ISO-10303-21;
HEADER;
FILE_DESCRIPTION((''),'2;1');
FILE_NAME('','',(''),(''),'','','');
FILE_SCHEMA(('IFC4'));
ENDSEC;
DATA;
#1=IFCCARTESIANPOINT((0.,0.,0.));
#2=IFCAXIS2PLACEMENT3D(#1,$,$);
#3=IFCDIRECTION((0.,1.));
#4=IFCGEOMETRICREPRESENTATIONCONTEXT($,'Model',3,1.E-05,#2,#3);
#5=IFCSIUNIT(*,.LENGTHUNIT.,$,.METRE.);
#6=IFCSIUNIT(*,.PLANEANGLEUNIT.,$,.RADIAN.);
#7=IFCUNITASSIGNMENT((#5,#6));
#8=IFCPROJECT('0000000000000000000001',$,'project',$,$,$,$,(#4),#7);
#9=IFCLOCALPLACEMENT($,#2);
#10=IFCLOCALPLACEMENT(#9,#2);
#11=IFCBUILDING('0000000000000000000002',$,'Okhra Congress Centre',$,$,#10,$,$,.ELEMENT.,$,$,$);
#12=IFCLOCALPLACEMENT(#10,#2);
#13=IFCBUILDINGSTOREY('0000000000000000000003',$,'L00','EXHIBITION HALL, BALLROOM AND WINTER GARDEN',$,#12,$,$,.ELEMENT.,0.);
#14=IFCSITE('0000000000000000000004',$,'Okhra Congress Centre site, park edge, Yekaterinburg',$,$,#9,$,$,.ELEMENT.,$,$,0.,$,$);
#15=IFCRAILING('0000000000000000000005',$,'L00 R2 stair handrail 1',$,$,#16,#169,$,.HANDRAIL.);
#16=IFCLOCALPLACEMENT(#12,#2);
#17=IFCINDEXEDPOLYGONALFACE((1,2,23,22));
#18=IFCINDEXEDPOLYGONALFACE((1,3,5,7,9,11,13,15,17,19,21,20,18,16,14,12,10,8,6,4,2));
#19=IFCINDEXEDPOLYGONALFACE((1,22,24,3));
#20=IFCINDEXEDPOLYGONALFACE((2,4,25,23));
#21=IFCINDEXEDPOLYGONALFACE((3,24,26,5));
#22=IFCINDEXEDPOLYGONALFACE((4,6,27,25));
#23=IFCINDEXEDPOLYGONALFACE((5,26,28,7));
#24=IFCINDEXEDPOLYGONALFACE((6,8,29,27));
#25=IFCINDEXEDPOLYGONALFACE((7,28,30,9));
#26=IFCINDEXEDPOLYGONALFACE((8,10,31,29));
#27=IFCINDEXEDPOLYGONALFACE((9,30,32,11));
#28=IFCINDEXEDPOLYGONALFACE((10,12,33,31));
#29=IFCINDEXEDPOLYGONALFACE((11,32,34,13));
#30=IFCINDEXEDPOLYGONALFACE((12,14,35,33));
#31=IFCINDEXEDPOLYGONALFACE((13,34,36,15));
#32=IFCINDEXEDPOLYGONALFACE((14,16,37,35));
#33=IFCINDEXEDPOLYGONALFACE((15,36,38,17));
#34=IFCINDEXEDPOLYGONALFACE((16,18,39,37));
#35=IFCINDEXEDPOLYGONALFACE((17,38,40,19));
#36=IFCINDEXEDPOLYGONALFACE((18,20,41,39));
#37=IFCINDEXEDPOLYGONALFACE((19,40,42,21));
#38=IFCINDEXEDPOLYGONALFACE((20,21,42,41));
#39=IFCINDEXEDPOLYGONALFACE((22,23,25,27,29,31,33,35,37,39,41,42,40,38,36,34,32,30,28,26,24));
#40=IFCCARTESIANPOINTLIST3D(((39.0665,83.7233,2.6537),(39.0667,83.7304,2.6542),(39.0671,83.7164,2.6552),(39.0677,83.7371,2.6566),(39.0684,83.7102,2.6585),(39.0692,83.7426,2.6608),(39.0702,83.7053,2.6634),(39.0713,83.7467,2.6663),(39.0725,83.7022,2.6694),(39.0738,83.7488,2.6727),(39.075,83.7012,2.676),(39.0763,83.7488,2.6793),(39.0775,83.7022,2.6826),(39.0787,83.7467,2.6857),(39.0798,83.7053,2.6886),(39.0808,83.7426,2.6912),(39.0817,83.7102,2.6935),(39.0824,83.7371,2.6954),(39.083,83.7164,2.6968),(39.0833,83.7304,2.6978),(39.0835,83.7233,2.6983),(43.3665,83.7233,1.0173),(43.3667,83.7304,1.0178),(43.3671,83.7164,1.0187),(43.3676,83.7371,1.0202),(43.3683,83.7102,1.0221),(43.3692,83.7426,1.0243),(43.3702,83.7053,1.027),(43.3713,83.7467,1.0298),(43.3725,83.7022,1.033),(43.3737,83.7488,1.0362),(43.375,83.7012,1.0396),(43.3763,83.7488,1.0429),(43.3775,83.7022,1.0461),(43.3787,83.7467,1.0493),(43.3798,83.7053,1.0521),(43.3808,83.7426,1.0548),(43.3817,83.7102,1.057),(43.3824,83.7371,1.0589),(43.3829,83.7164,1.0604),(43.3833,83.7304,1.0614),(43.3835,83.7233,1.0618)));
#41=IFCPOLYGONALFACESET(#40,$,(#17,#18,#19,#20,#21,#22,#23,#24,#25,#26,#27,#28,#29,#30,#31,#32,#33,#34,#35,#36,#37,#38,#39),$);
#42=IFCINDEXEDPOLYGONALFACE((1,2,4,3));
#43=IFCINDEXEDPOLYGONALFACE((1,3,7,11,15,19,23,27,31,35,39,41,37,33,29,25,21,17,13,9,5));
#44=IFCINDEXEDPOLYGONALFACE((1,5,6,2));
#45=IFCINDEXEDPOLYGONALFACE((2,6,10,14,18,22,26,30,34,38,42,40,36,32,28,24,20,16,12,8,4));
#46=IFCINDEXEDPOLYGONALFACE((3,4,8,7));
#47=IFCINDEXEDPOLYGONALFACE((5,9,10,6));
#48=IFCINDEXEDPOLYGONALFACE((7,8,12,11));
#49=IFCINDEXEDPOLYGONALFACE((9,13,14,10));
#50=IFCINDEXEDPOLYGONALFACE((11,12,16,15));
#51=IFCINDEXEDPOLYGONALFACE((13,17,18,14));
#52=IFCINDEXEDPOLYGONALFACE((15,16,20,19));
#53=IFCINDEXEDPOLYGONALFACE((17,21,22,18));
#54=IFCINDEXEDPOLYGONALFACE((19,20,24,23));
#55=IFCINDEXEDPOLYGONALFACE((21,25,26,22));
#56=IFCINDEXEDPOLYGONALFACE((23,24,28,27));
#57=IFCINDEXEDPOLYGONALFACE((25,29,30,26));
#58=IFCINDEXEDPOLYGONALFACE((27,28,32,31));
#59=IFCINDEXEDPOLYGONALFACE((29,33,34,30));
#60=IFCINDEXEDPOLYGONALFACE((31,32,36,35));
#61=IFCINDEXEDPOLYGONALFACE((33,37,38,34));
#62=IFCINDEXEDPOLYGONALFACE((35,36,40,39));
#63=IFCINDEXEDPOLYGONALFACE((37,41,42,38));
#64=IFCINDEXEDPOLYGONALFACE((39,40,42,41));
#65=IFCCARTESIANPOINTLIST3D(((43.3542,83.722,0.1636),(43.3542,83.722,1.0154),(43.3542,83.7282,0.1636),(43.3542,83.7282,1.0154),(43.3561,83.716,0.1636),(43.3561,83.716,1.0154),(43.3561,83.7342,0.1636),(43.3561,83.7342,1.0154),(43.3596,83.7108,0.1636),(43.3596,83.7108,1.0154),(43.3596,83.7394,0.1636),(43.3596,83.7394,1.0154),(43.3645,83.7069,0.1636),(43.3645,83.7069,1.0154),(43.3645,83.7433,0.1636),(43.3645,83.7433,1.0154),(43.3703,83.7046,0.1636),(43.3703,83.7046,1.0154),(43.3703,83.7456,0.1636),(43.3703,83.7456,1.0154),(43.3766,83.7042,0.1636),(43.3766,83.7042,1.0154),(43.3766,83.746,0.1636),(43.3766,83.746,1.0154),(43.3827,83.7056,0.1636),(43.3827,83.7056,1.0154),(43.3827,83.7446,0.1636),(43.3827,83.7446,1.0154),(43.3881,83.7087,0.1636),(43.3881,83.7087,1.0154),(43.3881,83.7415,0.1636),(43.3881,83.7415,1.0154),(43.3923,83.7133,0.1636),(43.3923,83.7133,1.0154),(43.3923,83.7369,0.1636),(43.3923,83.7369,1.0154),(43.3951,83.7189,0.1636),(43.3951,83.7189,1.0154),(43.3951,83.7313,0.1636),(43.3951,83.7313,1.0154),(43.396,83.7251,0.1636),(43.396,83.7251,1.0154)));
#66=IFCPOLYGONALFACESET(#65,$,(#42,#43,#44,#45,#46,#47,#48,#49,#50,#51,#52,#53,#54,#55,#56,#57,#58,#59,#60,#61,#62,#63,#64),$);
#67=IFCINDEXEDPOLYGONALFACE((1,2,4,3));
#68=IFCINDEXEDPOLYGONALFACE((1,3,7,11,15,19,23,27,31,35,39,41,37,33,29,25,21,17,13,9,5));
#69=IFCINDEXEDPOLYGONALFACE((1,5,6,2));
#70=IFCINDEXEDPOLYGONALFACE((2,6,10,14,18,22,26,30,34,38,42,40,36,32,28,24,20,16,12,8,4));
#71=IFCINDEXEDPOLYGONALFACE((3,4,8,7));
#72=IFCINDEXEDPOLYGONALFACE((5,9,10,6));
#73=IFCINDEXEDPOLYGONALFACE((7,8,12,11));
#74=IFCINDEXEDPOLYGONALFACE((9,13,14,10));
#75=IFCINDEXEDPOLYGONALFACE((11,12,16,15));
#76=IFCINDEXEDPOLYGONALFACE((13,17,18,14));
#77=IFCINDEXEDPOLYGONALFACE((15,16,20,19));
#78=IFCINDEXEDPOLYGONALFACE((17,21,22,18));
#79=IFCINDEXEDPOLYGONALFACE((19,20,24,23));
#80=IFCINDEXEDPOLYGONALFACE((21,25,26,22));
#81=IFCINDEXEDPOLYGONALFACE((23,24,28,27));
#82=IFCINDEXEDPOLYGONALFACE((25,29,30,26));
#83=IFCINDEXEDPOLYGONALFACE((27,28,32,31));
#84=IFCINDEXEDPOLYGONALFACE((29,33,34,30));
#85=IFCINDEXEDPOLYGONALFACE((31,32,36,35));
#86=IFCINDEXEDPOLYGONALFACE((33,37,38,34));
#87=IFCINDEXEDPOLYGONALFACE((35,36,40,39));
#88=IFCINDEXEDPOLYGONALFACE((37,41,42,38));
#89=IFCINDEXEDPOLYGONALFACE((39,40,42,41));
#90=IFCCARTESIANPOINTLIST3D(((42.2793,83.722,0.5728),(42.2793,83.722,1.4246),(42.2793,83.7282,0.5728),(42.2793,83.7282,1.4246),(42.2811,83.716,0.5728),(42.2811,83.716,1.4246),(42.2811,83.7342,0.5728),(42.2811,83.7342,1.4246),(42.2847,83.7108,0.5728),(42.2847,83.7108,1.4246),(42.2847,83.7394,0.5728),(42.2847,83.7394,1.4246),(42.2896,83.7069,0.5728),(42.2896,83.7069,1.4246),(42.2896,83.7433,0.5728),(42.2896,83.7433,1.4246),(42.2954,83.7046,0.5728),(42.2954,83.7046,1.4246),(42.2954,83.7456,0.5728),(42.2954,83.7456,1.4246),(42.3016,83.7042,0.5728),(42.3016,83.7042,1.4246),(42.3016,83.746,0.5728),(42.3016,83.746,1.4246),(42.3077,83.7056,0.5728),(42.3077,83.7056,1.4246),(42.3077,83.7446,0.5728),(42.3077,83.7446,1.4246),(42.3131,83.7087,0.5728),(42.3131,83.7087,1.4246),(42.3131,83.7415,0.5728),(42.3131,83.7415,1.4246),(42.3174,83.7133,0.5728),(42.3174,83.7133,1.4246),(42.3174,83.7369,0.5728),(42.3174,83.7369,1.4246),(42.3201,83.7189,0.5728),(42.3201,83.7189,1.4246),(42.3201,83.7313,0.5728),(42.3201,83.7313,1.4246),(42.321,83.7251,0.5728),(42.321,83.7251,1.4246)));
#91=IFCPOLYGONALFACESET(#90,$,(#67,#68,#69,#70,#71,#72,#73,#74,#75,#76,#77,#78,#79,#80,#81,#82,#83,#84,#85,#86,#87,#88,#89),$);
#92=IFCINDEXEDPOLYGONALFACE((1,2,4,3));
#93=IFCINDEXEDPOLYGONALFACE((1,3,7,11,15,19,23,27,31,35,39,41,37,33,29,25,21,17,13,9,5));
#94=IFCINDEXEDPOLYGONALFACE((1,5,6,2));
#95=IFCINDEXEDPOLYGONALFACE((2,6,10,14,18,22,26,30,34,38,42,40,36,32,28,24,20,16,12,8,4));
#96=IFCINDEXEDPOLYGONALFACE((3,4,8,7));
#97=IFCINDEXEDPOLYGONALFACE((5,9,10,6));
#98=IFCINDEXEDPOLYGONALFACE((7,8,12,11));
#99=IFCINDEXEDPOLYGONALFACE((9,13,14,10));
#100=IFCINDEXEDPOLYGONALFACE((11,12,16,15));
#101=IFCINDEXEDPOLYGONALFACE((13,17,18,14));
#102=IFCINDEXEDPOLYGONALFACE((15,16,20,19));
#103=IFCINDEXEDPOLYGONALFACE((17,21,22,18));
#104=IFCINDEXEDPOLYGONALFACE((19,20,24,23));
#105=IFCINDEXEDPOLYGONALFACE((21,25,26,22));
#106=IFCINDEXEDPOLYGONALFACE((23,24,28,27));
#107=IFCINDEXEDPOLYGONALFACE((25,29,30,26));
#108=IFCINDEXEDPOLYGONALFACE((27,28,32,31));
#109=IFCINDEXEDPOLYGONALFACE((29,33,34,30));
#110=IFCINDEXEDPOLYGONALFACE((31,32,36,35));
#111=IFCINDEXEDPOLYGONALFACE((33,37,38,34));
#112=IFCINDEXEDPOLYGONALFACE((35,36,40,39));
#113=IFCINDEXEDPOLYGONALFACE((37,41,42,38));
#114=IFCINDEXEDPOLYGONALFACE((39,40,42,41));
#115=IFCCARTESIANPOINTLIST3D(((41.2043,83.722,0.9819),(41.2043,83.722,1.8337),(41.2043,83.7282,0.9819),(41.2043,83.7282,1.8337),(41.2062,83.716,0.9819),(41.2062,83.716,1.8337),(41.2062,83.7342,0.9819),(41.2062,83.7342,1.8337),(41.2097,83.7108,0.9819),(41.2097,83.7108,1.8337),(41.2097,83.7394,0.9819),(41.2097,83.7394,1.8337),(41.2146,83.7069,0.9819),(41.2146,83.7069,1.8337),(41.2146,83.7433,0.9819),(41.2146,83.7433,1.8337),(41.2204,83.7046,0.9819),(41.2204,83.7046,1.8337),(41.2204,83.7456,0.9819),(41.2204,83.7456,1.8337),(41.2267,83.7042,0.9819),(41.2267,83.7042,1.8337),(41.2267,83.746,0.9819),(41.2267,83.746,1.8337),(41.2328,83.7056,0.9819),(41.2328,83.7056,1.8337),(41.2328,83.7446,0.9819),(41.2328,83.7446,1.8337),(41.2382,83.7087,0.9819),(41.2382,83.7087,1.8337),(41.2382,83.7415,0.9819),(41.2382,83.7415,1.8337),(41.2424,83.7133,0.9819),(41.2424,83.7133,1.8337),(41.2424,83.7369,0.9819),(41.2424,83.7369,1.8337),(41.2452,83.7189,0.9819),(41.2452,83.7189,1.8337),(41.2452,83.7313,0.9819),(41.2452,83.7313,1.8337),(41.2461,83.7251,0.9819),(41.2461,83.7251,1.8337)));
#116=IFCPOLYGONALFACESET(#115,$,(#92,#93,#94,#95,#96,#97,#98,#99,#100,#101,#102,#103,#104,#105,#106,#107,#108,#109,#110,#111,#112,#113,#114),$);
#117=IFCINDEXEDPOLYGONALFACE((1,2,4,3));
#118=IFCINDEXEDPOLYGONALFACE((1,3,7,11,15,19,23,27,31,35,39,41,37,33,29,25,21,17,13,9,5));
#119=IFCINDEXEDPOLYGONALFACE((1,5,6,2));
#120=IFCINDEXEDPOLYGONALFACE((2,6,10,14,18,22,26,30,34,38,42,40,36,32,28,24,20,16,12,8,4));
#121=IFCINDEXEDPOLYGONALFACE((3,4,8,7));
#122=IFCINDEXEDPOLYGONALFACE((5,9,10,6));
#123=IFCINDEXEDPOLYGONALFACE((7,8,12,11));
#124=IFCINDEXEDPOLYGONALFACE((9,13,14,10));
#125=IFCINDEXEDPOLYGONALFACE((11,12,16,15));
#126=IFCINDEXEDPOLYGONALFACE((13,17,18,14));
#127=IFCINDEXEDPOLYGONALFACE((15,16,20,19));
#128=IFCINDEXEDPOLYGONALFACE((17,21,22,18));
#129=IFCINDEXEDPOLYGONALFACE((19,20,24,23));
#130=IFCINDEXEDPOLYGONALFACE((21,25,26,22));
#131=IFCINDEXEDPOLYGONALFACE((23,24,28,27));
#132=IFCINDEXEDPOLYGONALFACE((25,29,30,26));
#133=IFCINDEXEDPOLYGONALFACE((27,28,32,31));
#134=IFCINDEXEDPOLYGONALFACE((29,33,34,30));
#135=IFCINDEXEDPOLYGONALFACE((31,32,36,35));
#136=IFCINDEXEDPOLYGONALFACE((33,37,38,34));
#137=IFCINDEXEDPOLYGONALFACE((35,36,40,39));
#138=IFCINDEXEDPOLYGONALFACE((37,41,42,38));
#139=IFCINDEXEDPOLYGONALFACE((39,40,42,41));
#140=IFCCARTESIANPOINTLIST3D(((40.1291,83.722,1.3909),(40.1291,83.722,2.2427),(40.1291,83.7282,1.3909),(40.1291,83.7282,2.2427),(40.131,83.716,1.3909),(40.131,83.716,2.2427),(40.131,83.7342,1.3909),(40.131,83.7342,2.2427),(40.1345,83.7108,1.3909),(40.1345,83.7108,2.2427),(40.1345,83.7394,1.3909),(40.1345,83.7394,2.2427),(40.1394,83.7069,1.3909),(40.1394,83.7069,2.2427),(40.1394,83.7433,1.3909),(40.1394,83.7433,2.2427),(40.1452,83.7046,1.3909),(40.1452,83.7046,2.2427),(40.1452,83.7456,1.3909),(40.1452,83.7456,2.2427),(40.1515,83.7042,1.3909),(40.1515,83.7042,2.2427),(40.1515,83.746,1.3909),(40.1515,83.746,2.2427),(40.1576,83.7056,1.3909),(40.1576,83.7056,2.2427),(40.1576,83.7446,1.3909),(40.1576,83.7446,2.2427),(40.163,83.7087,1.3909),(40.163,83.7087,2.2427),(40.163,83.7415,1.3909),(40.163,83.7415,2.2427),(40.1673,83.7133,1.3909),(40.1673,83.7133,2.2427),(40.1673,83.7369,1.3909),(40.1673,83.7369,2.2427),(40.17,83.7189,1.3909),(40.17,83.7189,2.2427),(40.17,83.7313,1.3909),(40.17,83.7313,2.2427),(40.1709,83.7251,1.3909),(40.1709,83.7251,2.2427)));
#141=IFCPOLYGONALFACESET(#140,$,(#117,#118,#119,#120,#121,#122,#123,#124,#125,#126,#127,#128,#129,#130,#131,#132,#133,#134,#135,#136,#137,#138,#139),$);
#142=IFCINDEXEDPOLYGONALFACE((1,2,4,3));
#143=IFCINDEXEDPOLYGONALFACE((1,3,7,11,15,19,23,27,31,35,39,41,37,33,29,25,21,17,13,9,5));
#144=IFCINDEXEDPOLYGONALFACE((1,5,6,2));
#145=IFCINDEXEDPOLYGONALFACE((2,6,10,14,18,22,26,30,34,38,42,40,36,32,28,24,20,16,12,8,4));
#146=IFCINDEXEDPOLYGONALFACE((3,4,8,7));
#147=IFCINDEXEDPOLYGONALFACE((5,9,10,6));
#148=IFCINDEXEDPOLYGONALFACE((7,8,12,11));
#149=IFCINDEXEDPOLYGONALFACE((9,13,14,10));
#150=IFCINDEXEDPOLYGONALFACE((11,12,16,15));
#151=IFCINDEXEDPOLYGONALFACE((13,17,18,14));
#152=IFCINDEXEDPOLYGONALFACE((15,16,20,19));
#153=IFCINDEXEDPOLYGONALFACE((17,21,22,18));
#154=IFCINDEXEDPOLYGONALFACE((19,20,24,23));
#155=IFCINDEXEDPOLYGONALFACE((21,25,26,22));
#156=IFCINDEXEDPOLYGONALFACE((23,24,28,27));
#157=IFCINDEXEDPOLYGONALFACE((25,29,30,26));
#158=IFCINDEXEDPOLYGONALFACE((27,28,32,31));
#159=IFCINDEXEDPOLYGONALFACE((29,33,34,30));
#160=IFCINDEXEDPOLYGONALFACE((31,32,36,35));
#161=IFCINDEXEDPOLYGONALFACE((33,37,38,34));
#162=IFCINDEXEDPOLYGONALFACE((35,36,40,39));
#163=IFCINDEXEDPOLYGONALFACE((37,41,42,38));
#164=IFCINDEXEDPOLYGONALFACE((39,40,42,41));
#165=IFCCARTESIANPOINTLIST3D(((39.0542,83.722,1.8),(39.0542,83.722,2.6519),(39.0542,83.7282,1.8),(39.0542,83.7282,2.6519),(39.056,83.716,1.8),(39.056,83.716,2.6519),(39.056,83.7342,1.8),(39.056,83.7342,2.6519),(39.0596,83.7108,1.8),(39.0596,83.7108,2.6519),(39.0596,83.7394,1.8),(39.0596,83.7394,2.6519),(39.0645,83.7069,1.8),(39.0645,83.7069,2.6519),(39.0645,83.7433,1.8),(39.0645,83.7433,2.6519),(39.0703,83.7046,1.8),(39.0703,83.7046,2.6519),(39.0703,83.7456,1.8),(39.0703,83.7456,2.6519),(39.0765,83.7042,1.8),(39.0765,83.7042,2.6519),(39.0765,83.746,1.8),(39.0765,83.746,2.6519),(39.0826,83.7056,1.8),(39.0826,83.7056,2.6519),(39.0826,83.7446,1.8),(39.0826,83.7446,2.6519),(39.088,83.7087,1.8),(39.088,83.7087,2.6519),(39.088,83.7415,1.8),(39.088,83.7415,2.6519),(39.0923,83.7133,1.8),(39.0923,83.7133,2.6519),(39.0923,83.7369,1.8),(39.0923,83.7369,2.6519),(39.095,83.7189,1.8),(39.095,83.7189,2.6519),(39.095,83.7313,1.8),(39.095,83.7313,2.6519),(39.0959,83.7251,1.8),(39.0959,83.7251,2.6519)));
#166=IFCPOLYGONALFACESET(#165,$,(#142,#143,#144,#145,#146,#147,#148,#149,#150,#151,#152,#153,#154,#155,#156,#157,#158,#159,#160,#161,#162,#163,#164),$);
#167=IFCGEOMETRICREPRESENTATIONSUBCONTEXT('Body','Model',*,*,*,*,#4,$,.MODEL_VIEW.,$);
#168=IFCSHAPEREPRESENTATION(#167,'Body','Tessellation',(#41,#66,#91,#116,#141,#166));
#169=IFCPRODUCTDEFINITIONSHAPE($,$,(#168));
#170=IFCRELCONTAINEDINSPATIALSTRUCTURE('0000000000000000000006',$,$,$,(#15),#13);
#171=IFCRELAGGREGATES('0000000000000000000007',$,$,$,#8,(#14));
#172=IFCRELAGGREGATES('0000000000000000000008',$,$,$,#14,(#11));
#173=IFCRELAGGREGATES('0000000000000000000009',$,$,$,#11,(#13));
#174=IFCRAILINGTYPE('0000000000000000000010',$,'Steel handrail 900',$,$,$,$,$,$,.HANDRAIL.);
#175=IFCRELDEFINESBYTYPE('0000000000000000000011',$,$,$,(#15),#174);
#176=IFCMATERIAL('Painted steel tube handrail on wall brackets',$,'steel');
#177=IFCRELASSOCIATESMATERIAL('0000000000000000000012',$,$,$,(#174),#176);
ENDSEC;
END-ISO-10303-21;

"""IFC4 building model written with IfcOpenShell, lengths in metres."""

from ifc_helpers import new_model, si_unit, direction, frame, origin, origin_2d, place, context, subcontext, project, spatial, circle, extrude, material, type_object, element, save


model = new_model("IFC4")

# Units and contexts
model_context = context("Model", 3, precision=1e-05, world=origin(), true_north=direction((0.0, 1.0)))
body_context = subcontext(model_context, "Body", "Model", "MODEL_VIEW")
ifc_project = project(units=[si_unit("LENGTHUNIT", "METRE"), si_unit("PLANEANGLEUNIT", "RADIAN")], contexts=[model_context])

# Site, building, storey
site_placement = place(None, origin())
site = spatial("IfcSite", under=ifc_project, at=site_placement, Name="Okhra Congress Centre site, park edge, Yekaterinburg", CompositionType="ELEMENT", RefElevation=0.0)
building_placement = place(site_placement, origin())
building = spatial("IfcBuilding", under=site, at=building_placement, Name="Okhra Congress Centre", CompositionType="ELEMENT")
storey_placement = place(building_placement, origin())
storey = spatial("IfcBuildingStorey", under=building, at=storey_placement, Name="L00", Description="EXHIBITION HALL, BALLROOM AND WINTER GARDEN", CompositionType="ELEMENT", Elevation=0.0)

# Railing
ifc_material_1 = material(Name="Painted steel tube handrail on wall brackets", Category="steel")
railing_type_1 = type_object("IfcRailingType", Name="Steel handrail 900", PredefinedType="HANDRAIL", material=ifc_material_1)
railing_1_placement = place(storey_placement, frame((43.375, 83.7251, 0.1636)))
element("IfcRailing", 1, at=railing_1_placement, inside=storey, type_object=railing_type_1, Name="L00 R2 stair handrail 1", PredefinedType="HANDRAIL", context=body_context, shape_type="SweptSolid", body=[
    extrude(circle(Radius=0.0239, at=origin_2d()), frame((0.0, 0.0, 0.876), z_axis=(-0.934606, 0.0, 0.355684), x_axis=(0.0, -1.0, 0.0)), (0.0, 0.0, 1.0), 4.6008),
    extrude(circle(Radius=0.021, at=origin_2d()), origin(), (0.0, 0.0, 1.0), 0.8518),
    extrude(circle(Radius=0.021, at=origin_2d()), frame((-1.075, 0.0, 0.4092)), (0.0, 0.0, 1.0), 0.8518),
    extrude(circle(Radius=0.021, at=origin_2d()), frame((-2.1499, 0.0, 0.8184)), (0.0, 0.0, 1.0), 0.8518),
    extrude(circle(Radius=0.021, at=origin_2d()), frame((-3.2251, 0.0, 1.2273)), (0.0, 0.0, 1.0), 0.8518),
    extrude(circle(Radius=0.021, at=origin_2d()), frame((-4.3, 0.0, 1.6365)), (0.0, 0.0, 1.0), 0.8518),
])

save(model, "model.ifc")
